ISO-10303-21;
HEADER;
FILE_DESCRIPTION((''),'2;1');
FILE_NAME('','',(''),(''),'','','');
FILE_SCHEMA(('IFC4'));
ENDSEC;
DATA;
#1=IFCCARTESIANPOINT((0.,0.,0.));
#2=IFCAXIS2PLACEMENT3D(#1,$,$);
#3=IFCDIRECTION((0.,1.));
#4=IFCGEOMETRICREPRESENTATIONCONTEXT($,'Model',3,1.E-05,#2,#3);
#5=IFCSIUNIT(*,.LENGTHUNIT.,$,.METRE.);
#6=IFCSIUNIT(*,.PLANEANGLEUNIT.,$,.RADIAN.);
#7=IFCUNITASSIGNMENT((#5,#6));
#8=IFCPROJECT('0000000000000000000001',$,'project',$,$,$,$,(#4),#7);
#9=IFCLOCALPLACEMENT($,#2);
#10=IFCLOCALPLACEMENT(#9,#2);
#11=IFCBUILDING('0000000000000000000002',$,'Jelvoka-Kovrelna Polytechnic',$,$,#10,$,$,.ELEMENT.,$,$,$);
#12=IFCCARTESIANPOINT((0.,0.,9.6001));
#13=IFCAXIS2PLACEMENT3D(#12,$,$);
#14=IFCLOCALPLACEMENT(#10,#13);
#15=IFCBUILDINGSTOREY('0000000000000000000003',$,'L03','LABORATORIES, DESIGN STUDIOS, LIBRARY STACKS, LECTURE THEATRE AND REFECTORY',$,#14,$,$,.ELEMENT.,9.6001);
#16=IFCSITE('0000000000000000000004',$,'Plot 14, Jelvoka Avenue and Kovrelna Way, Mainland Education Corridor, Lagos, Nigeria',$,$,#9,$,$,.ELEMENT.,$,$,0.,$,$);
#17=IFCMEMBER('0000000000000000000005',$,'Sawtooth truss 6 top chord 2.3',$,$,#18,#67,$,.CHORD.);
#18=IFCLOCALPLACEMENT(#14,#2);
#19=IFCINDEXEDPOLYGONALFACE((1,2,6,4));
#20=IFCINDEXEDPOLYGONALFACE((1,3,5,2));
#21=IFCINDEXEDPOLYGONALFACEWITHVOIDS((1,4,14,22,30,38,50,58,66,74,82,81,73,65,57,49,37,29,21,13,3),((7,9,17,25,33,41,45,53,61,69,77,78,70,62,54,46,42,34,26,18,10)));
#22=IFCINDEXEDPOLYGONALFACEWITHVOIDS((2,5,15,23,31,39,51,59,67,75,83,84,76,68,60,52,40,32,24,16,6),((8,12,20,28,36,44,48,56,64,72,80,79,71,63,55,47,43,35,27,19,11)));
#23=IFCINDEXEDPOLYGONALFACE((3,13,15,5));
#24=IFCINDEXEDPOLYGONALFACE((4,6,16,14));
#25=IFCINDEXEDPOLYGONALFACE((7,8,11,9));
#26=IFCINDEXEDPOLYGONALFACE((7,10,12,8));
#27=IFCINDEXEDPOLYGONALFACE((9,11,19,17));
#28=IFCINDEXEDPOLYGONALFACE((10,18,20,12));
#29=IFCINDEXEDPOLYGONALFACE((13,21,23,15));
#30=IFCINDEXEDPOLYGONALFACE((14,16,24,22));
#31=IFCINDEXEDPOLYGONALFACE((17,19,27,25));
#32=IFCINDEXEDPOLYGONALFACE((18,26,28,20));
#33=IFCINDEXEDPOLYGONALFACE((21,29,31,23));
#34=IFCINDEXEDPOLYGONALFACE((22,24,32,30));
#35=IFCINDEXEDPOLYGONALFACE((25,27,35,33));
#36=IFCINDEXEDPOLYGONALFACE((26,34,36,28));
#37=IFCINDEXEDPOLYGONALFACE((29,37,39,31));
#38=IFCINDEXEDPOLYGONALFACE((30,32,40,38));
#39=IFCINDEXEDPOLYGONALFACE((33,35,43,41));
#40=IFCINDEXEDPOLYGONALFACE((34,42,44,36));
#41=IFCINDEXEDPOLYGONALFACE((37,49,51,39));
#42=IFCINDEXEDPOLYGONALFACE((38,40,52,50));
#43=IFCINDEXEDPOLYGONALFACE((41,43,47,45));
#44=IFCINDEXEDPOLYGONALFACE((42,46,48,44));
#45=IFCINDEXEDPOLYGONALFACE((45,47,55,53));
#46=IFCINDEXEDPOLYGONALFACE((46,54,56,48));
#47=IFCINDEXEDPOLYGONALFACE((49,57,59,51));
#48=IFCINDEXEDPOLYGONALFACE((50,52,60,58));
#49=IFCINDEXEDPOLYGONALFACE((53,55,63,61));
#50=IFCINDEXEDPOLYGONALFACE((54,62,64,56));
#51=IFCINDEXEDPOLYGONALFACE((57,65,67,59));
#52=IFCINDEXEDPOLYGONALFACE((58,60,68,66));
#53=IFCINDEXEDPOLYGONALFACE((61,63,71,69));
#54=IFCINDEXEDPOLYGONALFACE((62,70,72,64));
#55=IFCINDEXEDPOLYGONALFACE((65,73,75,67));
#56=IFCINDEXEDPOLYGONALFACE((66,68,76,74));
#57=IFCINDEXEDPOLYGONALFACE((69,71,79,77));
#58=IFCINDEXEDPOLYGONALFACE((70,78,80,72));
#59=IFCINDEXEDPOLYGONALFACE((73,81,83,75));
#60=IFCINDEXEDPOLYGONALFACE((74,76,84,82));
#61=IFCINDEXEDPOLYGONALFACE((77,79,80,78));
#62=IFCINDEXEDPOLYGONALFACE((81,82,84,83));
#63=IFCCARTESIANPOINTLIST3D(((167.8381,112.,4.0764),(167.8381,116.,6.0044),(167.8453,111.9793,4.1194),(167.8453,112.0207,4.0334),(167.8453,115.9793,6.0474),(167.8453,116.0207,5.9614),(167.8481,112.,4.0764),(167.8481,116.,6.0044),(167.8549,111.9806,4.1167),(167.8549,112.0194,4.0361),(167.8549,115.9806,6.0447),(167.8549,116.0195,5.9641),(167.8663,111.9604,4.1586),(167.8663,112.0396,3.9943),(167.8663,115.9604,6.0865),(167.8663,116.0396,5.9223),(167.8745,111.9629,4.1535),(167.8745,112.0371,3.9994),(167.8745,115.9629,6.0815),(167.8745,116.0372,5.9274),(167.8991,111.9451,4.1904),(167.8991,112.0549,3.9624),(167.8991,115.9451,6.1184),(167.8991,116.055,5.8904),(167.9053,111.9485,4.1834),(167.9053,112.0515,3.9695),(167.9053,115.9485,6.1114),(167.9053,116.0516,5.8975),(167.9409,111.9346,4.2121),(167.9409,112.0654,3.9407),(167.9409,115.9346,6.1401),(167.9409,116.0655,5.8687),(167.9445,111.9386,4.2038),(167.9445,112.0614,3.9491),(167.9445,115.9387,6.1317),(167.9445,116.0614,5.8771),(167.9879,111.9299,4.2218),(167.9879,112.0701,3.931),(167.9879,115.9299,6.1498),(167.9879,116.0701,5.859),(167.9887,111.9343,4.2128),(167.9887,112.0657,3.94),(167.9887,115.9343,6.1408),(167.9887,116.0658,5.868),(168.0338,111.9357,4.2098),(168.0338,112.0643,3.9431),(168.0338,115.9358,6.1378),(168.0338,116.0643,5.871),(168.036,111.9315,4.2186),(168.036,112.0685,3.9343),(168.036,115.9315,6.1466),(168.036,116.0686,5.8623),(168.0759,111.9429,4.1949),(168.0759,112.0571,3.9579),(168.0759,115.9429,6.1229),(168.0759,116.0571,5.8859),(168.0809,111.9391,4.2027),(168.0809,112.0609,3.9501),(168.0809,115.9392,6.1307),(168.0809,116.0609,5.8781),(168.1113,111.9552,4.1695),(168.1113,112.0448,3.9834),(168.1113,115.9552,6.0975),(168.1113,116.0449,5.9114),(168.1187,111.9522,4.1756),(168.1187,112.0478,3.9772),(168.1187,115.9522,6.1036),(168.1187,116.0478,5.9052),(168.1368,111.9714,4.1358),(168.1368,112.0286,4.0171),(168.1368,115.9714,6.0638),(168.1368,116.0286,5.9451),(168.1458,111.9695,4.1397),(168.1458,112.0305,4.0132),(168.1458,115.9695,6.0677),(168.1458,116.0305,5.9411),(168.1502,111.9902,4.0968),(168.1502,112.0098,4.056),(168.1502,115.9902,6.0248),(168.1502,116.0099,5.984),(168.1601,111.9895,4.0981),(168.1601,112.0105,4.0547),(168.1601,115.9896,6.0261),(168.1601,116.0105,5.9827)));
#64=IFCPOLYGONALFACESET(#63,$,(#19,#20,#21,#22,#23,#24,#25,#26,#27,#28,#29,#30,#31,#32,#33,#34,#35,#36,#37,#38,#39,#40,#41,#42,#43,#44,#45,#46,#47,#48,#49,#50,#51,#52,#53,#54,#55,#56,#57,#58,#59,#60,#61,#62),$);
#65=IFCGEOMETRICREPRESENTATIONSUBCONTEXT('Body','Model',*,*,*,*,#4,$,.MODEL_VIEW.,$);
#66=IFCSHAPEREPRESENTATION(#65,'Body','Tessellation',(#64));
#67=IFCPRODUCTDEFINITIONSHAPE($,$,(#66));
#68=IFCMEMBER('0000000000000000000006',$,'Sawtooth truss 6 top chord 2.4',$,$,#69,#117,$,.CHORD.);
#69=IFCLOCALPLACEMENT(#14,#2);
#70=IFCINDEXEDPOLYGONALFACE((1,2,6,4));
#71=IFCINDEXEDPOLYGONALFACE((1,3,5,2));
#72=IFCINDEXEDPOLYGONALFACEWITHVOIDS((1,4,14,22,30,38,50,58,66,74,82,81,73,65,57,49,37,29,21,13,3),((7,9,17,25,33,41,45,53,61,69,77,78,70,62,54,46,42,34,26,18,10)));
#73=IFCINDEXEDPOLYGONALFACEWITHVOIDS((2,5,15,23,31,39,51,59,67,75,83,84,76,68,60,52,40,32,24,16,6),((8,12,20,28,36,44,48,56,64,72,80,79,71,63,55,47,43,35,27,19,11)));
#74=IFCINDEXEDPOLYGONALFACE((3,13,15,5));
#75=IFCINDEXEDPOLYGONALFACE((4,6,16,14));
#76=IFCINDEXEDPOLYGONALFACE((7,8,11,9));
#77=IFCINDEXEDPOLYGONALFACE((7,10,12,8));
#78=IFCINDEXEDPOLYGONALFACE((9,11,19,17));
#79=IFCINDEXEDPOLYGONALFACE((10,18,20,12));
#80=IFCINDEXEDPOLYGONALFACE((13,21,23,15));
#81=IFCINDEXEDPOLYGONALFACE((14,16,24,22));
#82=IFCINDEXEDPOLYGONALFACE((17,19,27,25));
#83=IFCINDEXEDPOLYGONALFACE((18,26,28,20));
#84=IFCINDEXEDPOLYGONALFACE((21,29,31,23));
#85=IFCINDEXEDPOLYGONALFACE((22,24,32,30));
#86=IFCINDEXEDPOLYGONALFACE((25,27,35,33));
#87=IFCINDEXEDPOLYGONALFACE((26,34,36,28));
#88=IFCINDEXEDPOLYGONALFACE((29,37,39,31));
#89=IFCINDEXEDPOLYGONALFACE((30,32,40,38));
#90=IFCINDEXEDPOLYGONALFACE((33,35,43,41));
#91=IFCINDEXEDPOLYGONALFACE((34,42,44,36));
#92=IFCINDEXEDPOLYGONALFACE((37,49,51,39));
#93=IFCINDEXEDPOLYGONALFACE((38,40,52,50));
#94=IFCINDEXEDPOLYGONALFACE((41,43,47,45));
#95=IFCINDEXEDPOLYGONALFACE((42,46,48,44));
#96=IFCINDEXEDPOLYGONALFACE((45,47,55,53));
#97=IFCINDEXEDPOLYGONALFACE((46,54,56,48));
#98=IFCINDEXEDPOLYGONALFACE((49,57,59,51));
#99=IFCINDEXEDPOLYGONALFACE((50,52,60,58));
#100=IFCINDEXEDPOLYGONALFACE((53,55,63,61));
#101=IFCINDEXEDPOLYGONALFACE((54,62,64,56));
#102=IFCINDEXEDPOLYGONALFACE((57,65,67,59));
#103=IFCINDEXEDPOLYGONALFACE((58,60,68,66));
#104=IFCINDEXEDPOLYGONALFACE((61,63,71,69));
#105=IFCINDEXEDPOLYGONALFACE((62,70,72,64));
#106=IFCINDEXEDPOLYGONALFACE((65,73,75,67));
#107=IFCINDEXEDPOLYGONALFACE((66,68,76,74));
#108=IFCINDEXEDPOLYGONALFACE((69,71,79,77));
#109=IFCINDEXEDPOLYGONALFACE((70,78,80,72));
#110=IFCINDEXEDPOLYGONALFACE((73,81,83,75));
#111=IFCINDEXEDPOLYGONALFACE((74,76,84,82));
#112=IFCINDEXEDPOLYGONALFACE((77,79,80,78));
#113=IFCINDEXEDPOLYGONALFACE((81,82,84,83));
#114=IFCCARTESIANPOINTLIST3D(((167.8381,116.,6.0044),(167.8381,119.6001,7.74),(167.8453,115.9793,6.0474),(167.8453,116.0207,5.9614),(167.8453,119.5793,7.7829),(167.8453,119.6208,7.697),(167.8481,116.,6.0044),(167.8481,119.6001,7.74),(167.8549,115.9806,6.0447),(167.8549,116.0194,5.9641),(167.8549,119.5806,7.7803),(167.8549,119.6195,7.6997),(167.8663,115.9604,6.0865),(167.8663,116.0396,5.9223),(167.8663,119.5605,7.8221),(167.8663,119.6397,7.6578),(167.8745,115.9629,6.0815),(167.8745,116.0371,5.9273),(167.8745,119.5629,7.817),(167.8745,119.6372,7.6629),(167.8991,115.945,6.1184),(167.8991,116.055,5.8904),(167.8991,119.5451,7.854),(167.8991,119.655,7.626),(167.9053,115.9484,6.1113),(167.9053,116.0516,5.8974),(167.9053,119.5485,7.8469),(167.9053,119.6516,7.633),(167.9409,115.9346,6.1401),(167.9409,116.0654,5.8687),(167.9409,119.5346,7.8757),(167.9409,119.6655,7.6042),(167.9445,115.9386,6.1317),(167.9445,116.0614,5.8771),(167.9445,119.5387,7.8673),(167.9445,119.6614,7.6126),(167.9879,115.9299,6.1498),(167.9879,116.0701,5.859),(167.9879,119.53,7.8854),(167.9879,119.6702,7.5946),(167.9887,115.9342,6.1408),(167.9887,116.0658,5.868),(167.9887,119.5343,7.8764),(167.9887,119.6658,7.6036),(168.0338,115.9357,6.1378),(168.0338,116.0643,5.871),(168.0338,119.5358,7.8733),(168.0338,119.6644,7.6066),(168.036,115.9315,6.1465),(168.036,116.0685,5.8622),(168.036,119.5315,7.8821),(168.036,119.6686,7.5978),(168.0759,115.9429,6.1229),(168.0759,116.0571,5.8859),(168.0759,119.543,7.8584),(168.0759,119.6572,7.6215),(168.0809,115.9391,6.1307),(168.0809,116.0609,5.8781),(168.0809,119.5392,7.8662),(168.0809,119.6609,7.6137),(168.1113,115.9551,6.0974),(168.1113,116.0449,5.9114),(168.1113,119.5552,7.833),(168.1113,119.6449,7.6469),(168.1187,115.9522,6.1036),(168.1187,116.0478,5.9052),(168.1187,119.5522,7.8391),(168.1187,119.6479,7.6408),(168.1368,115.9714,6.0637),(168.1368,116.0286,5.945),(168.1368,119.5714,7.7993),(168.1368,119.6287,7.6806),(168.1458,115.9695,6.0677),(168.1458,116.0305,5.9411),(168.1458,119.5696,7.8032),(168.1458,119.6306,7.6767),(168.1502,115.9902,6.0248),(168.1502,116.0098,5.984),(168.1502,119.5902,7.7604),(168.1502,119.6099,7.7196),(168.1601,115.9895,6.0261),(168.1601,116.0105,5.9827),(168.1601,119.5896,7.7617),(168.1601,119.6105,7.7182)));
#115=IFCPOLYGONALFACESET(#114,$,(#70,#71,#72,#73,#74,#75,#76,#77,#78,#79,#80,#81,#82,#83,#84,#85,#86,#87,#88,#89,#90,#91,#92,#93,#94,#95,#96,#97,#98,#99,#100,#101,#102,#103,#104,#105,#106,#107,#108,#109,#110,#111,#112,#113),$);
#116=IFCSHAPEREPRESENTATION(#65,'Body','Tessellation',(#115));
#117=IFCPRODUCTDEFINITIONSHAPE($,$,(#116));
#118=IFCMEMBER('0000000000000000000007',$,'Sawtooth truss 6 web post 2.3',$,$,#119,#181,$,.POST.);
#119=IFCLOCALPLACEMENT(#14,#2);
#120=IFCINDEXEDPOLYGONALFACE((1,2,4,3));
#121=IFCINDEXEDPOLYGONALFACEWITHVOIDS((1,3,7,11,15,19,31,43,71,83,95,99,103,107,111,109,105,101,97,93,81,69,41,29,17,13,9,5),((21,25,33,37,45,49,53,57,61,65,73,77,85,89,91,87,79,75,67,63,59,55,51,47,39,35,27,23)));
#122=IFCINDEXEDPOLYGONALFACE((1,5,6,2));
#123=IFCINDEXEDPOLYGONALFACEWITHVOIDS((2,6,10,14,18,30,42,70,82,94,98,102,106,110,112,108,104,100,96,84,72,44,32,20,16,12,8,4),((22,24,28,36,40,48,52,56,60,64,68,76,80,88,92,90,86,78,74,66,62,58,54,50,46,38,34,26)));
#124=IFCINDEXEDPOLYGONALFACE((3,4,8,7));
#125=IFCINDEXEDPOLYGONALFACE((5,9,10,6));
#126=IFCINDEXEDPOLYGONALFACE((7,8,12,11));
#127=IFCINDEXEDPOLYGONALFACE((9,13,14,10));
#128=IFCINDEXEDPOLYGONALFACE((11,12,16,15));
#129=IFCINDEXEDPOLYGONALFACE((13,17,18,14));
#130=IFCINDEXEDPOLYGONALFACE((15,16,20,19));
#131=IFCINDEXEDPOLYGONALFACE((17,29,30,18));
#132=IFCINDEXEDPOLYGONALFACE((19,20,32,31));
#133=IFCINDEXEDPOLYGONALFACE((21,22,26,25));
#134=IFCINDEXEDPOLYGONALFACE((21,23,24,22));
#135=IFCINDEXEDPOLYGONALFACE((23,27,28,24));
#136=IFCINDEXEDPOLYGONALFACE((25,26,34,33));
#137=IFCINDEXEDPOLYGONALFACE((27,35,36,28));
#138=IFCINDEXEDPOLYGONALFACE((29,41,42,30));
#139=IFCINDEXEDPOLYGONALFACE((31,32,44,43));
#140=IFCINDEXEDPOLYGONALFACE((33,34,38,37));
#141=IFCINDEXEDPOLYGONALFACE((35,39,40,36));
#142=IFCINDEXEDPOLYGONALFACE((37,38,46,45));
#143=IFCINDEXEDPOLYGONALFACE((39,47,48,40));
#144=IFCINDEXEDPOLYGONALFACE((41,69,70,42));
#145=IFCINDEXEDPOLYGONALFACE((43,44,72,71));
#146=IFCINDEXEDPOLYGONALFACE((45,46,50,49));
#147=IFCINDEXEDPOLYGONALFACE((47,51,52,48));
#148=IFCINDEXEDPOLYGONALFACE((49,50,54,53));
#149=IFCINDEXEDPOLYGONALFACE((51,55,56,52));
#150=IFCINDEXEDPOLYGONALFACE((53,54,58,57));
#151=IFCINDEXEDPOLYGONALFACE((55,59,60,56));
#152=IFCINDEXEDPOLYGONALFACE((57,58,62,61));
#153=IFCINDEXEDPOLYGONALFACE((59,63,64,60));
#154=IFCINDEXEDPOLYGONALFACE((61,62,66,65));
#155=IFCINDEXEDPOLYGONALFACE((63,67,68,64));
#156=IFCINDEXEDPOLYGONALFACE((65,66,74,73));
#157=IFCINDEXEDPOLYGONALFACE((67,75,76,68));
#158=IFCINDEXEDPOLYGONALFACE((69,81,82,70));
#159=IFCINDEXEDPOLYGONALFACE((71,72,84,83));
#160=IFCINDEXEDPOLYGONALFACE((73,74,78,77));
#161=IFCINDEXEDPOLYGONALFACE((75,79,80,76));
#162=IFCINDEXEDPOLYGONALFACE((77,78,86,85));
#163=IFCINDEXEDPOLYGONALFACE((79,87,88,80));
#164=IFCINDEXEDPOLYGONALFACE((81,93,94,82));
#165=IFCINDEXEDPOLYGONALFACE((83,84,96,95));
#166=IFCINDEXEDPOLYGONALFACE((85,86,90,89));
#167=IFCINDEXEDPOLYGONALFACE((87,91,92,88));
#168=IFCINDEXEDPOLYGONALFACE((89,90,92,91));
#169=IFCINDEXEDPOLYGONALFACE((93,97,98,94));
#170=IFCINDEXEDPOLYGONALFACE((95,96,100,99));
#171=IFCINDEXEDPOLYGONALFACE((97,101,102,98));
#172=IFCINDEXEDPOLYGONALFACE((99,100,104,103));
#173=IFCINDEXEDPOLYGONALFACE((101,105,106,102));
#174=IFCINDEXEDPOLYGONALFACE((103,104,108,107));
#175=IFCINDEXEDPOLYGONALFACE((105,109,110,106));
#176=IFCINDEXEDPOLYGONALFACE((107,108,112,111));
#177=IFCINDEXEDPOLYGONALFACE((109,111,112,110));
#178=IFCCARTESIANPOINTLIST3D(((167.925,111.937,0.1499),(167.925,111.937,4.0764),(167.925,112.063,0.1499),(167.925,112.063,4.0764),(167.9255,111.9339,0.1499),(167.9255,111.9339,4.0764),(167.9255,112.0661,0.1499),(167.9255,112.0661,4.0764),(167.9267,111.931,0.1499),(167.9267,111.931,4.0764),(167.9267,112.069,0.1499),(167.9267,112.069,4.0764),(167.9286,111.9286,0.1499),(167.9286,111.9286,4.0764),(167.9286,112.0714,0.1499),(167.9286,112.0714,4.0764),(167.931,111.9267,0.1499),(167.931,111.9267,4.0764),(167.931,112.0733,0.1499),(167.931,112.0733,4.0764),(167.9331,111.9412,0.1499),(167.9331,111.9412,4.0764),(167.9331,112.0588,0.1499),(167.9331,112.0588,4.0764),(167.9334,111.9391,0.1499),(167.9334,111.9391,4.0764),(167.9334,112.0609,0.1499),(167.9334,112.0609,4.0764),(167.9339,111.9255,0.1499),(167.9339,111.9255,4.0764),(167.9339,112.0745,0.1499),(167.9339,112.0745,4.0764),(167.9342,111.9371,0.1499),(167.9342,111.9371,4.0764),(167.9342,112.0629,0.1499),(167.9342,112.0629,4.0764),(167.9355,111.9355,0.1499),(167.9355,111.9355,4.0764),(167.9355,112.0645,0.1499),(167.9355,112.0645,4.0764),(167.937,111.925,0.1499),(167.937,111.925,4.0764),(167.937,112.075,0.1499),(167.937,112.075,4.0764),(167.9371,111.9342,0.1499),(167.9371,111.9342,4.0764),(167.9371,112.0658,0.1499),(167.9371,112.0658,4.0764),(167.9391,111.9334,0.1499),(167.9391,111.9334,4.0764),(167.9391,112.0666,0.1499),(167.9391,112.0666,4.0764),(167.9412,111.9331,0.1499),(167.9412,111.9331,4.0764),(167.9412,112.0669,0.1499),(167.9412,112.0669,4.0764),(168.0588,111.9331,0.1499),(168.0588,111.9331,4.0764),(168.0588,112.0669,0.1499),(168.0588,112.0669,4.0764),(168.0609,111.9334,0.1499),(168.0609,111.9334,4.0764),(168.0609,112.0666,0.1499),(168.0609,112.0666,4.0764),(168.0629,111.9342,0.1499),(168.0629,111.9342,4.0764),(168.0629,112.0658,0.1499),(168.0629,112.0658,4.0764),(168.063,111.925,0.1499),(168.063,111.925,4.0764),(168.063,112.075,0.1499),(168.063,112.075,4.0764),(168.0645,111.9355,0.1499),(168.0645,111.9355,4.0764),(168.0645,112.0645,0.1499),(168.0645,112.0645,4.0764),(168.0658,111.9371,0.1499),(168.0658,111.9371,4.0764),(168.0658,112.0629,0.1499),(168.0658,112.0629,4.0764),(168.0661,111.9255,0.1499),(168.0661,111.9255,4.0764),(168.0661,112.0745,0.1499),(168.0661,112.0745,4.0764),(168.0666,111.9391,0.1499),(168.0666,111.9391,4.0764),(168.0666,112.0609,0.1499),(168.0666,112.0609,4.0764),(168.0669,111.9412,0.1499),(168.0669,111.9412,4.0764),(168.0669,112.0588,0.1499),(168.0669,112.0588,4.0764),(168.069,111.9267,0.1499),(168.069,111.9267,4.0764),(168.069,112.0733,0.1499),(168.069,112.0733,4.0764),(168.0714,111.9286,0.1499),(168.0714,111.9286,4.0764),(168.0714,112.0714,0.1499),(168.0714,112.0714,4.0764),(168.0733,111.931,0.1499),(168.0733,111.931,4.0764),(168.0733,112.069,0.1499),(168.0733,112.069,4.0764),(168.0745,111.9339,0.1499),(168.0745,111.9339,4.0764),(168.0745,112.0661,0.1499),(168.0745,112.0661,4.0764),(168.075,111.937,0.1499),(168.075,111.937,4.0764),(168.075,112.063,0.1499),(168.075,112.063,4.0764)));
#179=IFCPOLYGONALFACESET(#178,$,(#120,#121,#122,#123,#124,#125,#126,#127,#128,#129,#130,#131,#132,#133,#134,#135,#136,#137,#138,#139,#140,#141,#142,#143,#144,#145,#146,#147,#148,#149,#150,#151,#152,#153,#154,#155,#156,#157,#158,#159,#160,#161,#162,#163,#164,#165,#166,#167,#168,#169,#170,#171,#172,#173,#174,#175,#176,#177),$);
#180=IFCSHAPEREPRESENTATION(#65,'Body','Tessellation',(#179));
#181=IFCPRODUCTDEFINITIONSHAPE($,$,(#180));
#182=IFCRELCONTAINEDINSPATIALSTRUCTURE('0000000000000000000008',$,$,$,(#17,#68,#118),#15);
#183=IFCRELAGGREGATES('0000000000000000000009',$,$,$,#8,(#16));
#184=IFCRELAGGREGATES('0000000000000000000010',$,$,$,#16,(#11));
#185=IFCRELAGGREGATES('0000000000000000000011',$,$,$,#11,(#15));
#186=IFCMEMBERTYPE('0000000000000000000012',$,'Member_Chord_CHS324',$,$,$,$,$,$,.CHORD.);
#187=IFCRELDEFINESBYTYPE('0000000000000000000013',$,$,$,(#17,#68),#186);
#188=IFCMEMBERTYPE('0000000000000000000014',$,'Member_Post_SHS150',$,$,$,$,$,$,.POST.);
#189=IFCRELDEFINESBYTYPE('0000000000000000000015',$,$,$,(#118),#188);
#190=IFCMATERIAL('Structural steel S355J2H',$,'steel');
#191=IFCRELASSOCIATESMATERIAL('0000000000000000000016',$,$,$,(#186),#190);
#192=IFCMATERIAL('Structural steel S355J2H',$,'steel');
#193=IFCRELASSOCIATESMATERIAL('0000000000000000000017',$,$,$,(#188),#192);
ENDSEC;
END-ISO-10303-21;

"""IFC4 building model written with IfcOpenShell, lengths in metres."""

from ifc_helpers import new_model, si_unit, direction, frame, origin, origin_2d, place, context, subcontext, project, spatial, hollow_rectangle, hollow_circle, extrude, material, material_profile, profile_set, type_object, element, save


model = new_model("IFC4")

# Units and contexts
model_context = context("Model", 3, precision=1e-05, world=origin(), true_north=direction((0.0, 1.0)))
body_context = subcontext(model_context, "Body", "Model", "MODEL_VIEW")
ifc_project = project(units=[si_unit("LENGTHUNIT", "METRE"), si_unit("PLANEANGLEUNIT", "RADIAN")], contexts=[model_context])

# Site, building, storey
site_placement = place(None, origin())
site = spatial("IfcSite", under=ifc_project, at=site_placement, Name="Plot 14, Jelvoka Avenue and Kovrelna Way, Mainland Education Corridor, Lagos, Nigeria", CompositionType="ELEMENT", RefElevation=0.0)
building_placement = place(site_placement, origin())
building = spatial("IfcBuilding", under=site, at=building_placement, Name="Jelvoka-Kovrelna Polytechnic", CompositionType="ELEMENT")
storey_placement = place(building_placement, frame((0.0, 0.0, 9.6001)))
storey = spatial("IfcBuildingStorey", under=building, at=storey_placement, Name="L03", Description="LABORATORIES, DESIGN STUDIOS, LIBRARY STACKS, LECTURE THEATRE AND REFECTORY", CompositionType="ELEMENT", Elevation=9.6001)

# Members
ifc_material_1 = material(Name="Structural steel S355J2H", Category="steel")
ifc_material_profile_1 = material_profile(ifc_material_1, hollow_circle(Radius=0.1619, WallThickness=0.01, at=origin_2d()), Name="323.9x10.0 CHS")
ifc_profile_set_1 = profile_set([ifc_material_profile_1], Name="Structural steel S355J2H")
member_type_1 = type_object("IfcMemberType", Name="Member_Chord_CHS324", PredefinedType="CHORD", material=ifc_profile_set_1)
member_1_placement = place(storey_placement, frame((168.0, 112.0, 4.0764), z_axis=(0.0, 0.900821, 0.434191), x_axis=(-1.0, 0.0, 0.0)))
element("IfcMember", 1, at=member_1_placement, inside=storey, type_object=member_type_1, Name="Sawtooth truss 6 top chord 2.3", PredefinedType="CHORD", context=body_context, shape_type="SweptSolid", body=[
    extrude(hollow_circle(Radius=0.1619, WallThickness=0.01, at=origin_2d()), origin(), (0.0, 0.0, 1.0), 4.4404),
])
member_2_placement = place(storey_placement, frame((168.0, 116.0, 6.0044), z_axis=(0.0, 0.900785, 0.434266), x_axis=(-1.0, 0.0, 0.0)))
element("IfcMember", 2, at=member_2_placement, inside=storey, type_object=member_type_1, Name="Sawtooth truss 6 top chord 2.4", PredefinedType="CHORD", context=body_context, shape_type="SweptSolid", body=[
    extrude(hollow_circle(Radius=0.1619, WallThickness=0.01, at=origin_2d()), origin(), (0.0, 0.0, 1.0), 3.9966),
])
ifc_material_2 = material(Name="Structural steel S355J2H", Category="steel")
ifc_material_profile_2 = material_profile(ifc_material_2, hollow_rectangle(XDim=0.1499, YDim=0.1499, WallThickness=0.0081, InnerFilletRadius=0.0081, OuterFilletRadius=0.012, at=origin_2d()), Name="150x150x8.0 SHS")
ifc_profile_set_2 = profile_set([ifc_material_profile_2], Name="Structural steel S355J2H")
member_type_2 = type_object("IfcMemberType", Name="Member_Post_SHS150", PredefinedType="POST", material=ifc_profile_set_2)
member_3_placement = place(storey_placement, frame((168.0, 112.0, 0.1499), z_axis=(0.0, 0.0, 1.0), x_axis=(1.0, 0.0, 0.0)))
element("IfcMember", 3, at=member_3_placement, inside=storey, type_object=member_type_2, Name="Sawtooth truss 6 web post 2.3", PredefinedType="POST", context=body_context, shape_type="SweptSolid", body=[
    extrude(hollow_rectangle(XDim=0.1499, YDim=0.1499, WallThickness=0.0081, InnerFilletRadius=0.0081, OuterFilletRadius=0.012, at=origin_2d()), origin(), (0.0, 0.0, 1.0), 3.9265),
])

save(model, "model.ifc")
